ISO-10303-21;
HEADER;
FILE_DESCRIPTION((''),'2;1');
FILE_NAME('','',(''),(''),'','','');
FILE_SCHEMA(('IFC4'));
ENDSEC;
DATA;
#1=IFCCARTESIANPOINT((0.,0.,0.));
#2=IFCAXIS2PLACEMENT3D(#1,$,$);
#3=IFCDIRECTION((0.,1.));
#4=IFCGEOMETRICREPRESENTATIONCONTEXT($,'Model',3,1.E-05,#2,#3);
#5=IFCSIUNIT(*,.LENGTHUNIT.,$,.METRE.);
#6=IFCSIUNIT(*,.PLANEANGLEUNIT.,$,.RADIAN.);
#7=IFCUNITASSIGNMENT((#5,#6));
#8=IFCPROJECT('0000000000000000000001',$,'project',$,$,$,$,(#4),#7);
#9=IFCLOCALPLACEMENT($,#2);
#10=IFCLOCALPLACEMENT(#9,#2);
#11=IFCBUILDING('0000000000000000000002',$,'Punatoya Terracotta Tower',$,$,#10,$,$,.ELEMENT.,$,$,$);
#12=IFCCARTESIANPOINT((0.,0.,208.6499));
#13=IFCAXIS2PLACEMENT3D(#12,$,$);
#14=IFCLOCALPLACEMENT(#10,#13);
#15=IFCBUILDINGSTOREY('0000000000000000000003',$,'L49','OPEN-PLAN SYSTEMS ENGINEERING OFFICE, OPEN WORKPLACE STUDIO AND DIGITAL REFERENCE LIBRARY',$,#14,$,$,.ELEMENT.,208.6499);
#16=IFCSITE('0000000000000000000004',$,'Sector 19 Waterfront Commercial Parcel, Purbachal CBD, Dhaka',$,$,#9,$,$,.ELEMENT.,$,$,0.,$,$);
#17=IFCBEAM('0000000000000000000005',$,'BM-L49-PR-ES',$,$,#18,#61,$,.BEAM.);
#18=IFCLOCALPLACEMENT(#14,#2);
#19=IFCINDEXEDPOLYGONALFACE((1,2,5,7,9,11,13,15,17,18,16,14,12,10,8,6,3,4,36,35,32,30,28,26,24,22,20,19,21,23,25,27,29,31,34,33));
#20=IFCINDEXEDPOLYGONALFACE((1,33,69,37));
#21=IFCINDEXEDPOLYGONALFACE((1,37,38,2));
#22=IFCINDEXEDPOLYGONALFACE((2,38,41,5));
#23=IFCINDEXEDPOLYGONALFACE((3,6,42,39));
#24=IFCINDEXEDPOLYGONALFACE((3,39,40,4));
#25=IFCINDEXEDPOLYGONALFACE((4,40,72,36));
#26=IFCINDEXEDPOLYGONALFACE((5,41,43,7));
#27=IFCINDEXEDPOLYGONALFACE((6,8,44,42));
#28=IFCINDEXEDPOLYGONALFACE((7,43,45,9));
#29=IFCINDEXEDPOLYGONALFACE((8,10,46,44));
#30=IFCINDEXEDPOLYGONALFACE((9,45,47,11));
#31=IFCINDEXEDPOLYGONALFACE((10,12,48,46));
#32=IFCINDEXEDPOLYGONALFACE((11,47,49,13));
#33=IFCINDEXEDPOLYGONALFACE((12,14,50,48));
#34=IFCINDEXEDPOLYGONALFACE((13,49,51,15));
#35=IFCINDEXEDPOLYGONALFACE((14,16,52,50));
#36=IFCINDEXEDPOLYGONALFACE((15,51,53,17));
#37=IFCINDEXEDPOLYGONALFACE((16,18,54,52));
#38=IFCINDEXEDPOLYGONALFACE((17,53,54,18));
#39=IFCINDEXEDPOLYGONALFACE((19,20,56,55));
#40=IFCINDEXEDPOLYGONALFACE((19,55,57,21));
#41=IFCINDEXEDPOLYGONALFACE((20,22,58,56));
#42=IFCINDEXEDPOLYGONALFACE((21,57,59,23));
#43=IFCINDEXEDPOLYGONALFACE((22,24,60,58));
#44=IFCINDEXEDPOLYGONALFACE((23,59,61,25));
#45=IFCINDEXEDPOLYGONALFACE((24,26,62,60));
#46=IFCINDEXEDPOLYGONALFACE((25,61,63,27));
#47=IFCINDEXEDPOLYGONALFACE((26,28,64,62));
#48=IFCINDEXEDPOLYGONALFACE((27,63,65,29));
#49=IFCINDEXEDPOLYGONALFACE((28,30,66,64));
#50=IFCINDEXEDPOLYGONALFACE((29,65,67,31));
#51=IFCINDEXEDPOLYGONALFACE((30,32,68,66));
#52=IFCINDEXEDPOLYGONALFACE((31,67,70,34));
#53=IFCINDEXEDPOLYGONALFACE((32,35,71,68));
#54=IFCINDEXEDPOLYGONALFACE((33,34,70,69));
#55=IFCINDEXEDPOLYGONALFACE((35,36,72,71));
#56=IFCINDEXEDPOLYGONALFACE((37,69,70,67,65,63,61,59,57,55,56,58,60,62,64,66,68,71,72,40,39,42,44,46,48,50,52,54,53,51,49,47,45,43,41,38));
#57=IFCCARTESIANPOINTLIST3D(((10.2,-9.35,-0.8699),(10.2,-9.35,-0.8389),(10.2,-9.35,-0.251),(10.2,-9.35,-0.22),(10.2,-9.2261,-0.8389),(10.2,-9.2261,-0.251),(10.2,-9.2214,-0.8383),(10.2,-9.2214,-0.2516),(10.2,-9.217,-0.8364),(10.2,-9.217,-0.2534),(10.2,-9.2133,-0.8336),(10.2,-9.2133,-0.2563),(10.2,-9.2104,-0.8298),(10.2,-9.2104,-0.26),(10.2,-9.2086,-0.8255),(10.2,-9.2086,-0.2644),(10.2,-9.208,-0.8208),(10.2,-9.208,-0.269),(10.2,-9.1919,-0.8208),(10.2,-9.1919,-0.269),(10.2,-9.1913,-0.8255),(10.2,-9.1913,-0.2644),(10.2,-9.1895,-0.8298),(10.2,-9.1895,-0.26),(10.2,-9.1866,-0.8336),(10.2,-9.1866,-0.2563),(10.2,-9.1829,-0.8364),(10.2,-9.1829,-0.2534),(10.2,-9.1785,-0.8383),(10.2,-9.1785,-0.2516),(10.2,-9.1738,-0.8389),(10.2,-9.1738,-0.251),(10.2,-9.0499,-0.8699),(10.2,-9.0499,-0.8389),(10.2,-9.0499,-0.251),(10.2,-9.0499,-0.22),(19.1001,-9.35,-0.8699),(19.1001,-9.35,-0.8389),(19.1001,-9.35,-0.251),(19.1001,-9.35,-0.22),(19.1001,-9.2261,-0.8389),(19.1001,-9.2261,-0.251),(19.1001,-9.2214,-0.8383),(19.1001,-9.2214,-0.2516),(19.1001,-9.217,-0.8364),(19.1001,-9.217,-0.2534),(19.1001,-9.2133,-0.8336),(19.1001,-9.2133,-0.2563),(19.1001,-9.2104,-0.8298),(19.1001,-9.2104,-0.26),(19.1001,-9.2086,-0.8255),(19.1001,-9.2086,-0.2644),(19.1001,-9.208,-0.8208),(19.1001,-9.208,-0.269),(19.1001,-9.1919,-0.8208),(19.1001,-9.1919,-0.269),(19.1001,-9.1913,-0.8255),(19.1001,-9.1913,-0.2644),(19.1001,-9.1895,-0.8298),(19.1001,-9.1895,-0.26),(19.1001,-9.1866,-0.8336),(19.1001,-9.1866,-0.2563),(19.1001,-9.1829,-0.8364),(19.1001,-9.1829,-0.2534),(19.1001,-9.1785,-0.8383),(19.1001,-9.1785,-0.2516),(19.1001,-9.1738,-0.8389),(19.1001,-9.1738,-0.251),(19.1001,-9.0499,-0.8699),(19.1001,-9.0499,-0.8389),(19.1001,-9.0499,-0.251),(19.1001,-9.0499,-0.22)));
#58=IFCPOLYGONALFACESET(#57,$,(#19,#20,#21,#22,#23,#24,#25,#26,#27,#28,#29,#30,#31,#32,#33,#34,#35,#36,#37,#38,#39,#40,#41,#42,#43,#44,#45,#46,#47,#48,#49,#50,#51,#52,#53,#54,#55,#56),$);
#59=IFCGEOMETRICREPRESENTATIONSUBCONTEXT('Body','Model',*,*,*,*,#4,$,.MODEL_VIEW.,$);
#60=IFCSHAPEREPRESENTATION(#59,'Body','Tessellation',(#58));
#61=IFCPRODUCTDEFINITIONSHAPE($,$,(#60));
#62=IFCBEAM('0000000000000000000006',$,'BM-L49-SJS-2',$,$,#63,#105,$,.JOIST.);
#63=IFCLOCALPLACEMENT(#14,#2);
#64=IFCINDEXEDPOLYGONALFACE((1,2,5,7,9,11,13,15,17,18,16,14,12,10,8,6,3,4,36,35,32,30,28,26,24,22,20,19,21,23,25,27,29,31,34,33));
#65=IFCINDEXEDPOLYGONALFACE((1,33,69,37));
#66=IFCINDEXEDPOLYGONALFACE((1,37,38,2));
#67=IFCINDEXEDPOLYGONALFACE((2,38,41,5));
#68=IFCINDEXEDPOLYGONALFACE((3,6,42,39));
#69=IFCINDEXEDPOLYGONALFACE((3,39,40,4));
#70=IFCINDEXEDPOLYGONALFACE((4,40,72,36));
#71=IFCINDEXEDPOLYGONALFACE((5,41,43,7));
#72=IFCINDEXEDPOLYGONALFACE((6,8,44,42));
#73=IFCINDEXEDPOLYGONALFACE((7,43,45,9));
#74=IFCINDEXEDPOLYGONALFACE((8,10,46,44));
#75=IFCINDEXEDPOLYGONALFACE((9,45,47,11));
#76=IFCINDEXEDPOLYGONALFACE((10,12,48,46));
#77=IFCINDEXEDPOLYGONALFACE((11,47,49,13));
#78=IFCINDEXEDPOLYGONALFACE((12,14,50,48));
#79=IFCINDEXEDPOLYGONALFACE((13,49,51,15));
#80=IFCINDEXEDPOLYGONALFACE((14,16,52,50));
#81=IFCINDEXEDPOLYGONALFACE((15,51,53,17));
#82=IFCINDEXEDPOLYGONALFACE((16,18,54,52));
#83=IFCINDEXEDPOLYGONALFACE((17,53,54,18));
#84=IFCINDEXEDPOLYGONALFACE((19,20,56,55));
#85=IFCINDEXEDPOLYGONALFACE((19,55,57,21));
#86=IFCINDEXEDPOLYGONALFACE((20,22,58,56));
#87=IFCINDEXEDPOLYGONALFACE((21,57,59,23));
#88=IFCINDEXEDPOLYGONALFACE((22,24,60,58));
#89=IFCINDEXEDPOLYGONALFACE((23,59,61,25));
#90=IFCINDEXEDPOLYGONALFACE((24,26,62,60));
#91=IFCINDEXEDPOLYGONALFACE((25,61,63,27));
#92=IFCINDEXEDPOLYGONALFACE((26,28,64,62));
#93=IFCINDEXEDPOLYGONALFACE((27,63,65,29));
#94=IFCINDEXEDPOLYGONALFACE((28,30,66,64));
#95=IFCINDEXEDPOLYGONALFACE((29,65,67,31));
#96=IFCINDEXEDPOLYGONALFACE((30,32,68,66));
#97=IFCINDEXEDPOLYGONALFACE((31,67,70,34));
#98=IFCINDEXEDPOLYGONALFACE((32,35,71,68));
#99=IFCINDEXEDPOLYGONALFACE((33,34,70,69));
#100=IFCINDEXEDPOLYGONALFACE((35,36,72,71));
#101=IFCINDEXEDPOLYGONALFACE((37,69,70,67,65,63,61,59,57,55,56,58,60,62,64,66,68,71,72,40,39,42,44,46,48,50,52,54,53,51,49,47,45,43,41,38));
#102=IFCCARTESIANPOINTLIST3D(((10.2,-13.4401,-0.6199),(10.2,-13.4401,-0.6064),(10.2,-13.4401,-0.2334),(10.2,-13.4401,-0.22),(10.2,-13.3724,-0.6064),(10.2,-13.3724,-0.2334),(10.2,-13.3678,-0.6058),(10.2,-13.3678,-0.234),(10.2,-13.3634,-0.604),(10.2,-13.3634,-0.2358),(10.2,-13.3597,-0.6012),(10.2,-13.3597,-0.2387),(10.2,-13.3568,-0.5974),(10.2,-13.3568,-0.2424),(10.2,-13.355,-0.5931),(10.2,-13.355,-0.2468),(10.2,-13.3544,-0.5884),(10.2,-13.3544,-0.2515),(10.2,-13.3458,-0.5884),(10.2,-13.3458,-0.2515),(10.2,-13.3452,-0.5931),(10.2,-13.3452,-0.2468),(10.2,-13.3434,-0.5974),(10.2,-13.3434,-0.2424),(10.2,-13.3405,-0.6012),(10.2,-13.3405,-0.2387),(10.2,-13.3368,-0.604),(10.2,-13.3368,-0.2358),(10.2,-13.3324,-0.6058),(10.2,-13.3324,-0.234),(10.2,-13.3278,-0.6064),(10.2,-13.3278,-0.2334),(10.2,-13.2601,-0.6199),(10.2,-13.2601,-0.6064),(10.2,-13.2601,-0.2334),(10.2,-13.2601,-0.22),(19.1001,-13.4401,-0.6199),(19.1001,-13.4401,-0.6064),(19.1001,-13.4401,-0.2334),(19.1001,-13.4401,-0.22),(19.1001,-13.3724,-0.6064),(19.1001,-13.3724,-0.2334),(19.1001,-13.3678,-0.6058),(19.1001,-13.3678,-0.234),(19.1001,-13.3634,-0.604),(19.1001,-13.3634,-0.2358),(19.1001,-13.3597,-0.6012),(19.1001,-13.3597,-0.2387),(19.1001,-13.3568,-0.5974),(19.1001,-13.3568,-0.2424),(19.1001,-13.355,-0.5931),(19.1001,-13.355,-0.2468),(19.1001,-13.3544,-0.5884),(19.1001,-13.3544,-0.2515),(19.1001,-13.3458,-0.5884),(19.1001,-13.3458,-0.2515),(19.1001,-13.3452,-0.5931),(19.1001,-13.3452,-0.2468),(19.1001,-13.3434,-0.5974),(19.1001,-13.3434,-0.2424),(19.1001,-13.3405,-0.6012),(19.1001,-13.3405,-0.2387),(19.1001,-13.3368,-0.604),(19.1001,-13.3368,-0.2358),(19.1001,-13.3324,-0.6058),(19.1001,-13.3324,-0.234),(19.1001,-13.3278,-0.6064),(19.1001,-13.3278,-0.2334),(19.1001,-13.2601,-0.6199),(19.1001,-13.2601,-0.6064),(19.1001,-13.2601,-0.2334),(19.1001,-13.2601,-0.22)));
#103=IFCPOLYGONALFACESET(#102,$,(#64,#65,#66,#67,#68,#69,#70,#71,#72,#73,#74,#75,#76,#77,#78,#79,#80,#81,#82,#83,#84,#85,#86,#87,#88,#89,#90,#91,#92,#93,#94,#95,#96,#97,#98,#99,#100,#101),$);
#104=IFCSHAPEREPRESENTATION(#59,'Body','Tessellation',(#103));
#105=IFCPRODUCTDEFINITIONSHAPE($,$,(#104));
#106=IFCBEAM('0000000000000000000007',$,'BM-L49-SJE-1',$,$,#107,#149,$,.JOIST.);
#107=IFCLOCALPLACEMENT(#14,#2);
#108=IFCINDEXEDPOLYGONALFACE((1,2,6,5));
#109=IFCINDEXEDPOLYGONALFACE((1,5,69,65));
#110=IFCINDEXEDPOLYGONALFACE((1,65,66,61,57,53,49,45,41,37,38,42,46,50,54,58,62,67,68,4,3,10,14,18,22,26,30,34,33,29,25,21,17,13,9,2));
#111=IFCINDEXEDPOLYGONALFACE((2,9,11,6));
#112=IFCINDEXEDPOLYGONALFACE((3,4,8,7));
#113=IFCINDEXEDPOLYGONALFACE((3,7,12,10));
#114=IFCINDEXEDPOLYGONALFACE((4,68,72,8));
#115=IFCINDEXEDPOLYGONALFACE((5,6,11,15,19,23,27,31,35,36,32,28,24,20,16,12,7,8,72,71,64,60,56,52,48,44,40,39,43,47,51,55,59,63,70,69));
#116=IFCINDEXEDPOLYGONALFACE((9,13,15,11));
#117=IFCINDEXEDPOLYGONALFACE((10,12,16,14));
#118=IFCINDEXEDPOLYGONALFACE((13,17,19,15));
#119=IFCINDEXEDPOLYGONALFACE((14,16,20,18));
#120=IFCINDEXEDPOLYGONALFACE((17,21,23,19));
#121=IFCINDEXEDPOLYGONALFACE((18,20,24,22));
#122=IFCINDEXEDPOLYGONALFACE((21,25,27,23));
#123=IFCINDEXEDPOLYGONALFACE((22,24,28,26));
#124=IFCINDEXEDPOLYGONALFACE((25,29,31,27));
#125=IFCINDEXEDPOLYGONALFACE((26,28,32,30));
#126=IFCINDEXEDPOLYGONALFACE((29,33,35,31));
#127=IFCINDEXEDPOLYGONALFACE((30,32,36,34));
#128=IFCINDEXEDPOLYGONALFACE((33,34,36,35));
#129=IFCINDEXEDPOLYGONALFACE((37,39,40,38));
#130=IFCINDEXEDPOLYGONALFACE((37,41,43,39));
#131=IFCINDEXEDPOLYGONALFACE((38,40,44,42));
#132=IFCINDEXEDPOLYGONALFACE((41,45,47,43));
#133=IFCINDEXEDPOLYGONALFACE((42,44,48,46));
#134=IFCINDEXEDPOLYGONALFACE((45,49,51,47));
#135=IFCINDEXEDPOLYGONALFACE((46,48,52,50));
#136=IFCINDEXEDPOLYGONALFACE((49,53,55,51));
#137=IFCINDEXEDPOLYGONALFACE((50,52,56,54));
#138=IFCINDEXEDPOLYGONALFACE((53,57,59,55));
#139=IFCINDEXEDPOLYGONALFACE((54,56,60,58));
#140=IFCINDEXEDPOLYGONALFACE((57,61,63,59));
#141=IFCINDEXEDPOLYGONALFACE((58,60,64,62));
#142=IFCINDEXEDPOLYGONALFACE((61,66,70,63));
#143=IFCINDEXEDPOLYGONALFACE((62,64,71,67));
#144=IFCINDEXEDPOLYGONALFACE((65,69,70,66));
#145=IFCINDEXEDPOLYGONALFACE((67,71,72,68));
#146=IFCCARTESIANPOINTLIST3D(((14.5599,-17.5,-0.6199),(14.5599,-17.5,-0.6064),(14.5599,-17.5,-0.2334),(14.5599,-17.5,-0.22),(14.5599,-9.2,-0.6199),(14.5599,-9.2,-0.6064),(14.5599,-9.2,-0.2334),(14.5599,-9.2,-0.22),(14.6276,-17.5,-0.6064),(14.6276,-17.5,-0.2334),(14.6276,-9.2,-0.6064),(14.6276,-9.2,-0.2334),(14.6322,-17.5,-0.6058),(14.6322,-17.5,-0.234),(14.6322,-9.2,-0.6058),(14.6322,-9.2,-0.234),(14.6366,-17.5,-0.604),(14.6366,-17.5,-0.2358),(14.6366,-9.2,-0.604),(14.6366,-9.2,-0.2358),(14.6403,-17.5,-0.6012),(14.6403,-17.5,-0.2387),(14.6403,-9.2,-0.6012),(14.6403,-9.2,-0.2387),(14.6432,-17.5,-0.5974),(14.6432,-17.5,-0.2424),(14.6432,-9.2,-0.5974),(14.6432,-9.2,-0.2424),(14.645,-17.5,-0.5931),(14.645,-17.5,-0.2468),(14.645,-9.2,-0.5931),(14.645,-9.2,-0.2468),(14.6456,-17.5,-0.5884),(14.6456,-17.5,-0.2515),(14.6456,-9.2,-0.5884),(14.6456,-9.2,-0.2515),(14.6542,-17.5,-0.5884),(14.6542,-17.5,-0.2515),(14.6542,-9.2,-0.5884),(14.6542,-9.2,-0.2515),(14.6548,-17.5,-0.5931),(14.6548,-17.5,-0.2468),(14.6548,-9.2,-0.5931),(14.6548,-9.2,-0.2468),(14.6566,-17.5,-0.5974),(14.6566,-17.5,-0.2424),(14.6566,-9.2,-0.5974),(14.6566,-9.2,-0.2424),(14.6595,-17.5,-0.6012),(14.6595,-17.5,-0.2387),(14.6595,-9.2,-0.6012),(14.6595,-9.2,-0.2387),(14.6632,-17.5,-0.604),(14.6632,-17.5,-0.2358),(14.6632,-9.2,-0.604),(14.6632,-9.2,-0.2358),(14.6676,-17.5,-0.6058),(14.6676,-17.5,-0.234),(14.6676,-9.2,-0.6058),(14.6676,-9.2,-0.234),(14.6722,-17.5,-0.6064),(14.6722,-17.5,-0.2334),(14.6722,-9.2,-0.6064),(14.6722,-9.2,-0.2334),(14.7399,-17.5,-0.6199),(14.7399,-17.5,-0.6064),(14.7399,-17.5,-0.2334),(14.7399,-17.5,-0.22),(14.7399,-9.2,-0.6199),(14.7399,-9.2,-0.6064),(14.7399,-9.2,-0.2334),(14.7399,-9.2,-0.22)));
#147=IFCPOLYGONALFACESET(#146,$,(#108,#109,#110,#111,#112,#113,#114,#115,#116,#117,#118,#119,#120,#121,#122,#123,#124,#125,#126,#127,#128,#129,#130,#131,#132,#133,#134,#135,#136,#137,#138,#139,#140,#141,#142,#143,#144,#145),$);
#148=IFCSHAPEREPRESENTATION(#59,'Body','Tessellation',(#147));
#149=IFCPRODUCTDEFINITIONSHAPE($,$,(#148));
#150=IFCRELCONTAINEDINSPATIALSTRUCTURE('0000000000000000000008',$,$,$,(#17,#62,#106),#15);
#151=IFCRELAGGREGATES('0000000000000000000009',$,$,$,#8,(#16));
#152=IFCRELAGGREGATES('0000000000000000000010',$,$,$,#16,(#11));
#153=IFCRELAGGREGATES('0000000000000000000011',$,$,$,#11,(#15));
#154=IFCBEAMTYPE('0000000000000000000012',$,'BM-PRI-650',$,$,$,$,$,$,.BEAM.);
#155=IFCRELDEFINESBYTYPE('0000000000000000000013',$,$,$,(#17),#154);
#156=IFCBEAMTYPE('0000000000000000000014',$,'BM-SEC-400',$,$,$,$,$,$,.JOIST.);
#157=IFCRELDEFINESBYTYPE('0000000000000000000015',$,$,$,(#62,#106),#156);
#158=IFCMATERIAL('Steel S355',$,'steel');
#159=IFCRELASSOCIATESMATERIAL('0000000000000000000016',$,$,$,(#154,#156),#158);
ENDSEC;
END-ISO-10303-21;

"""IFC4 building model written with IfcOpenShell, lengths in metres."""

from ifc_helpers import new_model, si_unit, direction, frame, origin, origin_2d, place, context, subcontext, project, spatial, i_section, extrude, material, material_profile, profile_set, type_object, element, save


model = new_model("IFC4")

# Units and contexts
model_context = context("Model", 3, precision=1e-05, world=origin(), true_north=direction((0.0, 1.0)))
body_context = subcontext(model_context, "Body", "Model", "MODEL_VIEW")
ifc_project = project(units=[si_unit("LENGTHUNIT", "METRE"), si_unit("PLANEANGLEUNIT", "RADIAN")], contexts=[model_context])

# Site, building, storey
site_placement = place(None, origin())
site = spatial("IfcSite", under=ifc_project, at=site_placement, Name="Sector 19 Waterfront Commercial Parcel, Purbachal CBD, Dhaka", CompositionType="ELEMENT", RefElevation=0.0)
building_placement = place(site_placement, origin())
building = spatial("IfcBuilding", under=site, at=building_placement, Name="Punatoya Terracotta Tower", CompositionType="ELEMENT")
storey_placement = place(building_placement, frame((0.0, 0.0, 208.6499)))
storey = spatial("IfcBuildingStorey", under=building, at=storey_placement, Name="L49", Description="OPEN-PLAN SYSTEMS ENGINEERING OFFICE, OPEN WORKPLACE STUDIO AND DIGITAL REFERENCE LIBRARY", CompositionType="ELEMENT", Elevation=208.6499)

# Beams
ifc_material_1 = material(Name="Steel S355", Category="steel")
ifc_material_profile_1 = material_profile(ifc_material_1, i_section(OverallWidth=0.3, OverallDepth=0.6499, WebThickness=0.0161, FlangeThickness=0.031, FilletRadius=0.0181, at=origin_2d()))
ifc_profile_set_1 = profile_set([ifc_material_profile_1], Name="Steel S355")
beam_type_1 = type_object("IfcBeamType", Name="BM-PRI-650", PredefinedType="BEAM", material=ifc_profile_set_1)
beam_1_placement = place(storey_placement, frame((10.2, -9.2, -0.5449), z_axis=(1.0, 0.0, 0.0), x_axis=(0.0, 1.0, 0.0)))
element("IfcBeam", 1, at=beam_1_placement, inside=storey, type_object=beam_type_1, Name="BM-L49-PR-ES", PredefinedType="BEAM", context=body_context, shape_type="SweptSolid", body=[
    extrude(i_section(OverallWidth=0.3, OverallDepth=0.6499, WebThickness=0.0161, FlangeThickness=0.031, FilletRadius=0.0181, at=origin_2d()), origin(), (0.0, 0.0, 1.0), 8.9001),
])
ifc_material_profile_2 = material_profile(ifc_material_1, i_section(OverallWidth=0.1799, OverallDepth=0.3999, WebThickness=0.0085, FlangeThickness=0.0134, FilletRadius=0.0181, at=origin_2d()))
ifc_profile_set_2 = profile_set([ifc_material_profile_2], Name="Steel S355")
beam_type_2 = type_object("IfcBeamType", Name="BM-SEC-400", PredefinedType="JOIST", material=ifc_profile_set_2)
beam_2_placement = place(storey_placement, frame((10.2, -13.3501, -0.4199), z_axis=(1.0, 0.0, 0.0), x_axis=(0.0, 1.0, 0.0)))
element("IfcBeam", 2, at=beam_2_placement, inside=storey, type_object=beam_type_2, Name="BM-L49-SJS-2", PredefinedType="JOIST", context=body_context, shape_type="SweptSolid", body=[
    extrude(i_section(OverallWidth=0.1799, OverallDepth=0.3999, WebThickness=0.0085, FlangeThickness=0.0134, FilletRadius=0.0181, at=origin_2d()), origin(), (0.0, 0.0, 1.0), 8.9001),
])
beam_3_placement = place(storey_placement, frame((14.6499, -17.5, -0.4199), z_axis=(0.0, 1.0, 0.0), x_axis=(-1.0, 0.0, 0.0)))
element("IfcBeam", 3, at=beam_3_placement, inside=storey, type_object=beam_type_2, Name="BM-L49-SJE-1", PredefinedType="JOIST", context=body_context, shape_type="SweptSolid", body=[
    extrude(i_section(OverallWidth=0.1799, OverallDepth=0.3999, WebThickness=0.0085, FlangeThickness=0.0134, FilletRadius=0.0181, at=origin_2d()), origin(), (0.0, 0.0, 1.0), 8.3),
])

save(model, "model.ifc")
